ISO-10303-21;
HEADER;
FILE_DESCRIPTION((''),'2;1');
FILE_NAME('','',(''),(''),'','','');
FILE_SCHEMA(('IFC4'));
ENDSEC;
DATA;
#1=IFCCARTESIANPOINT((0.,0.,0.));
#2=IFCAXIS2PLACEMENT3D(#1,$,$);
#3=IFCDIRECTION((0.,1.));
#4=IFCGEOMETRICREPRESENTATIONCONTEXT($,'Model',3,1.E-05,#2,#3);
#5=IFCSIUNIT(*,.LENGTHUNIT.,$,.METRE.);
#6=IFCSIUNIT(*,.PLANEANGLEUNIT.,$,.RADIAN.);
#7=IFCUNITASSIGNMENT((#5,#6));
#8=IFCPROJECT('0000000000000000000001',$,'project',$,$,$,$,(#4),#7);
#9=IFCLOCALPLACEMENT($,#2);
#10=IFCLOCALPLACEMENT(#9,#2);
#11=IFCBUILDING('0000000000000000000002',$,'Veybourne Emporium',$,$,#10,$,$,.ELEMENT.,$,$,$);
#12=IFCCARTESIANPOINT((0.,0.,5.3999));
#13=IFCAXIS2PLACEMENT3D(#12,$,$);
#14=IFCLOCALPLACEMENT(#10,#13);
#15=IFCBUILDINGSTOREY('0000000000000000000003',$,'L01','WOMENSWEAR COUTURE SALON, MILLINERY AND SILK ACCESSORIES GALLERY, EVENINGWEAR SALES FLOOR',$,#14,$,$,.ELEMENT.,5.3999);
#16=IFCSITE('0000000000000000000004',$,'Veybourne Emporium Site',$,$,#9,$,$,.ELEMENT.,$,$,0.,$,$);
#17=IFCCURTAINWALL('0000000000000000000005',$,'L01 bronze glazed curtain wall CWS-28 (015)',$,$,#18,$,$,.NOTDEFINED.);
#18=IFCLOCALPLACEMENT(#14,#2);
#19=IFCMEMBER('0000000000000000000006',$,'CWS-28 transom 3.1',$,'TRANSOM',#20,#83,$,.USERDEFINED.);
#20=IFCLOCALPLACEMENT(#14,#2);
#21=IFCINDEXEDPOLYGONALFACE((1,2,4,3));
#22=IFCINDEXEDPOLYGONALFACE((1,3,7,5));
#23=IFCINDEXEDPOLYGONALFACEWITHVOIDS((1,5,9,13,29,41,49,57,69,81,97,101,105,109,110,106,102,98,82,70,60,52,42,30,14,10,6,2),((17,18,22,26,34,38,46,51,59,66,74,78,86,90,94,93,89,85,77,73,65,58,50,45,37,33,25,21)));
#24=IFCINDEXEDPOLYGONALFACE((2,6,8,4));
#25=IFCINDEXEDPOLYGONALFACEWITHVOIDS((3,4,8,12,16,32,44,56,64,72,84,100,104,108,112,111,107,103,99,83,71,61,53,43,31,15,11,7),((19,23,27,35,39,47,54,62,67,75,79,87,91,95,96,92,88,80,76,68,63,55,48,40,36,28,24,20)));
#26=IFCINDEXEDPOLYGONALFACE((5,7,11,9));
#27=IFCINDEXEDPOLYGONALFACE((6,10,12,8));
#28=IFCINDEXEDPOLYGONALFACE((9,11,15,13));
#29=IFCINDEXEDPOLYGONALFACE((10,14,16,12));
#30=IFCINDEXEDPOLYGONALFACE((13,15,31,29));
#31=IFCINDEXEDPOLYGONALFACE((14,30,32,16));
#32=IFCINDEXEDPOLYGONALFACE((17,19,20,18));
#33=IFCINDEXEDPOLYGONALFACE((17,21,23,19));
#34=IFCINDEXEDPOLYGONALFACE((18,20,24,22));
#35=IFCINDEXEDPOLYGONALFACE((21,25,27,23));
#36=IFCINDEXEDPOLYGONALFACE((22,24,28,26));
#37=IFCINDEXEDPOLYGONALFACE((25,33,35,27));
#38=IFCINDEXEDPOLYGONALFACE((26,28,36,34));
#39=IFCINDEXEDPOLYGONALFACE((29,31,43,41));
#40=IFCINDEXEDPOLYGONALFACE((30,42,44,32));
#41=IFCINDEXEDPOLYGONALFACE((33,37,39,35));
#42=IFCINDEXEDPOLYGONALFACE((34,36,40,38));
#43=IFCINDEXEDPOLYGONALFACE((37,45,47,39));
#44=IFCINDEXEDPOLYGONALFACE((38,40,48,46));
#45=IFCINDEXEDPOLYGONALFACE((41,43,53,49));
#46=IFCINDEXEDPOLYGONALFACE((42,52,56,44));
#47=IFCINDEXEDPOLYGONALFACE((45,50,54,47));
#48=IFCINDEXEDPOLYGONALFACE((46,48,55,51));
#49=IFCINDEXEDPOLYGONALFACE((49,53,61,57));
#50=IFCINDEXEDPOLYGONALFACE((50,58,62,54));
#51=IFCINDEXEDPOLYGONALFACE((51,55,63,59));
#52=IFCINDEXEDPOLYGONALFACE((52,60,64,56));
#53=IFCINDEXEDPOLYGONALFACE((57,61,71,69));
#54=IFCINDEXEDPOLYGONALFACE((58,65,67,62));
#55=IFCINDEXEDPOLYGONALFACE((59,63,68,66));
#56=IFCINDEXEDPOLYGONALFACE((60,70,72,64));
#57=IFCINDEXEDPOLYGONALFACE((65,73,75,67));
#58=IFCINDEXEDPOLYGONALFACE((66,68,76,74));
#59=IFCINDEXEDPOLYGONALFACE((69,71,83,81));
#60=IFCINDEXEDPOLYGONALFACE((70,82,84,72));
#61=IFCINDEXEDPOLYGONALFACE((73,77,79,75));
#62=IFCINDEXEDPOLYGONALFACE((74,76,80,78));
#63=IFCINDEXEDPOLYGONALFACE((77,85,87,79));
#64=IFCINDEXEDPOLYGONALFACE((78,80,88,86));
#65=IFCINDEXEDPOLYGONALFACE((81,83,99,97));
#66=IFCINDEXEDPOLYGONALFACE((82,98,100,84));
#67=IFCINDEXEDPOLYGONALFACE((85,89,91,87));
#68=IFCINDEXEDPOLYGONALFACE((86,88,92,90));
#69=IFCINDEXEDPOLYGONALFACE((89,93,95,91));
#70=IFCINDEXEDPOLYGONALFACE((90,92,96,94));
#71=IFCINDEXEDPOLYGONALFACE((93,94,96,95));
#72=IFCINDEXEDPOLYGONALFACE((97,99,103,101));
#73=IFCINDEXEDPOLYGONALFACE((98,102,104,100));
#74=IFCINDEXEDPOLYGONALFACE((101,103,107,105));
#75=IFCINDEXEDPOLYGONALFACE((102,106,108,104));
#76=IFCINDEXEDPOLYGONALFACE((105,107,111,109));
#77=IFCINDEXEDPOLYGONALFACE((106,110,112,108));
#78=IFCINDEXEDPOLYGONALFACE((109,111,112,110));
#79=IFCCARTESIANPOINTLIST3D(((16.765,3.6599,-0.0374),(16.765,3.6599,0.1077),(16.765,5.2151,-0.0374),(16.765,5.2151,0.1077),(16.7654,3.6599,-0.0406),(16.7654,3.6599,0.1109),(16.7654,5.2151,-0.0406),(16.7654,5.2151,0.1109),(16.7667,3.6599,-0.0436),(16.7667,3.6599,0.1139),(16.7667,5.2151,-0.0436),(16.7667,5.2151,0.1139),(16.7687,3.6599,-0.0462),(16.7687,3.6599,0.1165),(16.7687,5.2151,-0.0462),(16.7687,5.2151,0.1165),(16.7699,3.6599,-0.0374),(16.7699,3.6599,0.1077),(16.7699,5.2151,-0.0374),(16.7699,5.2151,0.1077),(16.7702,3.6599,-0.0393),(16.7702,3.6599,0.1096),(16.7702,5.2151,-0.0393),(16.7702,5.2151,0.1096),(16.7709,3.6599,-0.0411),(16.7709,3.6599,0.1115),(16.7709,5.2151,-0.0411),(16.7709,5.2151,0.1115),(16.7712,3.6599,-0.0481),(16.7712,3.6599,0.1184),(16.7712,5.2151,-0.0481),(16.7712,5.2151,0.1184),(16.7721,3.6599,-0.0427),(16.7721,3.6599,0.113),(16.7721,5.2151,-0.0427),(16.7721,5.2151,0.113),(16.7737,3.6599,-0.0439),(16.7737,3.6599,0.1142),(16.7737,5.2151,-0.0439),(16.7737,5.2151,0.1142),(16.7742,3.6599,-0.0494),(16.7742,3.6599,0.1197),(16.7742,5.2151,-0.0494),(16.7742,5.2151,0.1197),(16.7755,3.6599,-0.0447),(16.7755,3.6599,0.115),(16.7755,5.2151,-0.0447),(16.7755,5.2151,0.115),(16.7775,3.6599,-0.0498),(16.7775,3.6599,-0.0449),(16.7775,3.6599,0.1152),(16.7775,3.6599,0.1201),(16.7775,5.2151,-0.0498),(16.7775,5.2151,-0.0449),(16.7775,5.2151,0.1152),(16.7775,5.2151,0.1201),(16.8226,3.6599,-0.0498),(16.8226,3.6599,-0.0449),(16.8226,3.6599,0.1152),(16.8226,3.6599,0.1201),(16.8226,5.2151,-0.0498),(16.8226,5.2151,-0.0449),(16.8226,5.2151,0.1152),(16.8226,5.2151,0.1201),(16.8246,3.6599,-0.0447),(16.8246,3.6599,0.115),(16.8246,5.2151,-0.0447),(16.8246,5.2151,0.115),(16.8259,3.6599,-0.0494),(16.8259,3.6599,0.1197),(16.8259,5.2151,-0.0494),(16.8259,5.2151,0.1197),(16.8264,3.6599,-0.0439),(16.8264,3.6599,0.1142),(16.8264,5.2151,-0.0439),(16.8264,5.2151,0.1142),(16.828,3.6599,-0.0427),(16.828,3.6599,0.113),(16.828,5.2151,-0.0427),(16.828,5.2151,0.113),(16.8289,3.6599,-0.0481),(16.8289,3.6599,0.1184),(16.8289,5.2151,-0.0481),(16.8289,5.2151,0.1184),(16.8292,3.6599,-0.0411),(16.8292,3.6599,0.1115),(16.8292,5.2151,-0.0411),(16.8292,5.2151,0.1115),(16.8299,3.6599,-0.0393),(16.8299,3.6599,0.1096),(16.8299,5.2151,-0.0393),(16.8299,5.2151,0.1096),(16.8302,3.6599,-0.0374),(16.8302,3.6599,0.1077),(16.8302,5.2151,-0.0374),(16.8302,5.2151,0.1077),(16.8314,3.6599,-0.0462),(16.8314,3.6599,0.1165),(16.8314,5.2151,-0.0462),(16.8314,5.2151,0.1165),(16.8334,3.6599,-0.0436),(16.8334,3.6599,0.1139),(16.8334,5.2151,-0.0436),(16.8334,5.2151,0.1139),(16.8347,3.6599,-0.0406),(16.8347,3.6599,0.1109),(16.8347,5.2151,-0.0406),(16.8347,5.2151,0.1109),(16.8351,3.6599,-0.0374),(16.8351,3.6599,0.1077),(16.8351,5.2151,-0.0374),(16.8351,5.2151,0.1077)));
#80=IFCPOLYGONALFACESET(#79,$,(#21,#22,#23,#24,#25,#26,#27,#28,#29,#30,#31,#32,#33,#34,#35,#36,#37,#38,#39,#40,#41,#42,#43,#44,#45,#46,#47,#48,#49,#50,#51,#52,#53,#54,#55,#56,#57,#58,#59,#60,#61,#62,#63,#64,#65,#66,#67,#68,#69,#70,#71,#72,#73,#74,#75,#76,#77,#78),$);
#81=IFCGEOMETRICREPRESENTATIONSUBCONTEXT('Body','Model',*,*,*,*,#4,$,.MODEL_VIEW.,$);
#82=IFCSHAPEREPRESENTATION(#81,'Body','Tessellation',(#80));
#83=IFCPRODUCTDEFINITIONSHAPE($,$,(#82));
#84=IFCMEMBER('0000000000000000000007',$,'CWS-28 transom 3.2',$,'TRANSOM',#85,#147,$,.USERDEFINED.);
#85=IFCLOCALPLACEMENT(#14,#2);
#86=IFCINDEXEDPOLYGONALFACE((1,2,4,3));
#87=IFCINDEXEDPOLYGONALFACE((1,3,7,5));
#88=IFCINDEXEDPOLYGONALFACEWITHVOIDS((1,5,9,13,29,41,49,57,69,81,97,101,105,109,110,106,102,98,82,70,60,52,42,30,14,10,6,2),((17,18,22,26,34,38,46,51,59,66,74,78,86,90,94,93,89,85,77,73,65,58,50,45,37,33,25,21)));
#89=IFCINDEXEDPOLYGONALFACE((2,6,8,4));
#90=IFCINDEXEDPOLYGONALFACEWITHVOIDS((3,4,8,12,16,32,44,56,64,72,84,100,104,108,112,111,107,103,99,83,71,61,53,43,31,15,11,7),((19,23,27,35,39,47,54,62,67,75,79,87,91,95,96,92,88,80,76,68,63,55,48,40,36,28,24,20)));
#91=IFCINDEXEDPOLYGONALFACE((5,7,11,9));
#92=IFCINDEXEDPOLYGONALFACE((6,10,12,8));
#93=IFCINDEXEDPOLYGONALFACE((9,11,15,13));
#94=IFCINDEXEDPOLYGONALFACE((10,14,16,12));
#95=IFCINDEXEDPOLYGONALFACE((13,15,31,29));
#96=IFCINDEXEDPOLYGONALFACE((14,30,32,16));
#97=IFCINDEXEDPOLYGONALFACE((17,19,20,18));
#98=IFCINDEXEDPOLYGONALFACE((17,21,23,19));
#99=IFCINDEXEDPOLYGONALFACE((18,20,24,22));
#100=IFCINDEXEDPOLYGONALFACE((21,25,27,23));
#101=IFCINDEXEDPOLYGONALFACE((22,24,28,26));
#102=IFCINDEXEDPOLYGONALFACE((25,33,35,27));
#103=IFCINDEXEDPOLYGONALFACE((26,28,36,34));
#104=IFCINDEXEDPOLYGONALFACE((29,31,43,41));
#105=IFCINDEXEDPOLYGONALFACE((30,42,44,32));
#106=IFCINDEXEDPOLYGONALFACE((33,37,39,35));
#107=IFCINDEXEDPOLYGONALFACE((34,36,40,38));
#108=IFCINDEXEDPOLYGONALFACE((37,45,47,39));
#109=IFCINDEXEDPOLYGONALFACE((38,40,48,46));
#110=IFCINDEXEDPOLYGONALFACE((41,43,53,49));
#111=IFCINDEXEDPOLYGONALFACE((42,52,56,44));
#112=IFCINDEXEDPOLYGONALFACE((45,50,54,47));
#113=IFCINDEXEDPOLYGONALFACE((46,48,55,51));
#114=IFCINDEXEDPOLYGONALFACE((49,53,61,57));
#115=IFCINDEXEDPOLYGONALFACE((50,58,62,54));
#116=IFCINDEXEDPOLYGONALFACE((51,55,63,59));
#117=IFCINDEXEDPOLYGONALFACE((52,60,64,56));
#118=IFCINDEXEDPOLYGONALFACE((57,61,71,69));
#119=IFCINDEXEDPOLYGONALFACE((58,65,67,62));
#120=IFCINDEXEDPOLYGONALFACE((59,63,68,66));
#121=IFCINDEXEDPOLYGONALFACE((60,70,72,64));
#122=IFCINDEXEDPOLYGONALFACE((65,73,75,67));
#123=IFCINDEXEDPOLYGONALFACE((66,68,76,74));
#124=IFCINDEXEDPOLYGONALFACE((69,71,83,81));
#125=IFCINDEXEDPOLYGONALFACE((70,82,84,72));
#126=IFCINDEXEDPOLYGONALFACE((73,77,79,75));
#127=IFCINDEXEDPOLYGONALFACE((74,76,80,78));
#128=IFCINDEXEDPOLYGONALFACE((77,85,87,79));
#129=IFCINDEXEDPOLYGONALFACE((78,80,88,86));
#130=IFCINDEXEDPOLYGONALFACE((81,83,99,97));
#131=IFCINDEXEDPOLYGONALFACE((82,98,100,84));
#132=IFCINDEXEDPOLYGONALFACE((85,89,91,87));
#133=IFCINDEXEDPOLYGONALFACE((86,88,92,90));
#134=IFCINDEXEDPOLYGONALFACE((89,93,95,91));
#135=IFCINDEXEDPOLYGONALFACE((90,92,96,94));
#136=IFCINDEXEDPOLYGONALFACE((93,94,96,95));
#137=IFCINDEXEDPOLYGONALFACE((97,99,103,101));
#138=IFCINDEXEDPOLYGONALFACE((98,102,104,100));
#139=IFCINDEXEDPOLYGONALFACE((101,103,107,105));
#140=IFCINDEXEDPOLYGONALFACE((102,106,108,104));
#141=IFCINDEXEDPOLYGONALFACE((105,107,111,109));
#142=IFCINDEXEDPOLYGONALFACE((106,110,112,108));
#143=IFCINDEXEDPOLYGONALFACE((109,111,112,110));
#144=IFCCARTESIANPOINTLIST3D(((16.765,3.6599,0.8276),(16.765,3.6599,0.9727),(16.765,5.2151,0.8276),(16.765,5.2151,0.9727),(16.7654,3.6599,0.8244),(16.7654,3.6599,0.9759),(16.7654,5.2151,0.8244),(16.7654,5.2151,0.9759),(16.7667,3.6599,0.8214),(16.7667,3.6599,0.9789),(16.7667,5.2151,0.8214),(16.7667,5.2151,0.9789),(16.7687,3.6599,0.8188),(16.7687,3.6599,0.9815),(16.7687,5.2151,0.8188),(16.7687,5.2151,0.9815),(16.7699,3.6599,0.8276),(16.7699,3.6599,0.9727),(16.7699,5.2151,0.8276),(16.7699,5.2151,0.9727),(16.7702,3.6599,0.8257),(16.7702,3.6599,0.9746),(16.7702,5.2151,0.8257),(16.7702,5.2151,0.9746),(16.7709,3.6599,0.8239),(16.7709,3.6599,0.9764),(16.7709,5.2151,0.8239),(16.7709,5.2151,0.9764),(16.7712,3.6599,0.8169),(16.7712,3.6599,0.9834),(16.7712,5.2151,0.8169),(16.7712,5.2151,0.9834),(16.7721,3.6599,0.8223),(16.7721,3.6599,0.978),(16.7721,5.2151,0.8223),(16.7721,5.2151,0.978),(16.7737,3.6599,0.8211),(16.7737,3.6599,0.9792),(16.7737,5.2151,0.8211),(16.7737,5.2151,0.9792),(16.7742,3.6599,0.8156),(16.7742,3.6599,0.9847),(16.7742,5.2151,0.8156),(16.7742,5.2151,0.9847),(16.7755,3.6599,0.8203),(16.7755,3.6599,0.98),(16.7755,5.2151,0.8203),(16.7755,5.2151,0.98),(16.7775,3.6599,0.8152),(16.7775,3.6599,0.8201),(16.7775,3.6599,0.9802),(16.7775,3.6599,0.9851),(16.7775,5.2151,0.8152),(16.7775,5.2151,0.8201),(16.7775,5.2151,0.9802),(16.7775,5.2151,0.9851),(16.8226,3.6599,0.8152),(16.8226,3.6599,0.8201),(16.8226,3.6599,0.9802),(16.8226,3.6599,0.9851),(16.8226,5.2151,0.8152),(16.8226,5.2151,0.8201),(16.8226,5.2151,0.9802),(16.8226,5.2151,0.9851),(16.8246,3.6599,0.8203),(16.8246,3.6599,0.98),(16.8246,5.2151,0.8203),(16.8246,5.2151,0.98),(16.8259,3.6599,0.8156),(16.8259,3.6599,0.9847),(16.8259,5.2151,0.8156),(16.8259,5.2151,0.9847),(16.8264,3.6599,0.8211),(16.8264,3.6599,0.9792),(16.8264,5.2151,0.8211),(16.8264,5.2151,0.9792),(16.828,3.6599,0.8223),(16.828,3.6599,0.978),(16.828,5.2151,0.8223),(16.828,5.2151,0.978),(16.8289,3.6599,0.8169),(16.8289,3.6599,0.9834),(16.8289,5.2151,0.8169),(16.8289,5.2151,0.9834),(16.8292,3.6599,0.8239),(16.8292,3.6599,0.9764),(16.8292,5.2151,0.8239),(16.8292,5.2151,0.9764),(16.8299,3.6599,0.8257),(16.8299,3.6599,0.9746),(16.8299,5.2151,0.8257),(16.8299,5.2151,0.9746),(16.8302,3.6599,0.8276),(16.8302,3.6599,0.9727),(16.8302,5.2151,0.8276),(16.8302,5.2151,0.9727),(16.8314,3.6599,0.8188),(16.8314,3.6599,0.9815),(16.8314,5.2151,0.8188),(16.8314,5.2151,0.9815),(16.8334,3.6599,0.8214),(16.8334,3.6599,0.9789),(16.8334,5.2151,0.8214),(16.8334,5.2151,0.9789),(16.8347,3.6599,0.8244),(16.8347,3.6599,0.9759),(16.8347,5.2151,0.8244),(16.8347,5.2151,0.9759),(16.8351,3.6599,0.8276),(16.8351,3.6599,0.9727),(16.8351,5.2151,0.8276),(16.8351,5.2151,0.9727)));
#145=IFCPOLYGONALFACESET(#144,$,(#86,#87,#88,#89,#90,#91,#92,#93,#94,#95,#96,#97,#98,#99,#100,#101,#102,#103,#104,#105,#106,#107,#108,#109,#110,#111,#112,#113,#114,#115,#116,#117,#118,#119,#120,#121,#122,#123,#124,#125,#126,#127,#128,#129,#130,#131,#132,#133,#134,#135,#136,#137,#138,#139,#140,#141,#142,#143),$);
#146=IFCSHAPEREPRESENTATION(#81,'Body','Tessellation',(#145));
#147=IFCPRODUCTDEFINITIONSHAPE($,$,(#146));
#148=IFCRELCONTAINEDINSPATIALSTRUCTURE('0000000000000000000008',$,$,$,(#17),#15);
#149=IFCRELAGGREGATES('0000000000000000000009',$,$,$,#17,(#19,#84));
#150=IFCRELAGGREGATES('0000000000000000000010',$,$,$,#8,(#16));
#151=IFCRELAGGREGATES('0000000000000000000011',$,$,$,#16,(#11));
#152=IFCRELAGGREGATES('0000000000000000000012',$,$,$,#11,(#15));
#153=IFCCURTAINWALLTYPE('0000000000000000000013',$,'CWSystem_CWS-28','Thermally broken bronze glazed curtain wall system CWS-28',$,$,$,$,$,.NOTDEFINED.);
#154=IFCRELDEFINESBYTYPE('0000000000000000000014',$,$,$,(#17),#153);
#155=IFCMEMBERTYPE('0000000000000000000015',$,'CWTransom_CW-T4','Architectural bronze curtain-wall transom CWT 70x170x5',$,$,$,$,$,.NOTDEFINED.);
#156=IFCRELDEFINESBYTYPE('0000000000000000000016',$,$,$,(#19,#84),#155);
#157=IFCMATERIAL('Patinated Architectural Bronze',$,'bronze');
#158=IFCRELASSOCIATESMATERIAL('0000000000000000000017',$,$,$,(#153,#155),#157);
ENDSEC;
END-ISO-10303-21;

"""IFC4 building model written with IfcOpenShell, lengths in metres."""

from ifc_helpers import new_model, si_unit, direction, frame, origin, origin_2d, place, context, subcontext, project, spatial, hollow_rectangle, extrude, material, material_profile, profile_set, type_object, element, aggregate, save


model = new_model("IFC4")

# Units and contexts
model_context = context("Model", 3, precision=1e-05, world=origin(), true_north=direction((0.0, 1.0)))
body_context = subcontext(model_context, "Body", "Model", "MODEL_VIEW")
ifc_project = project(units=[si_unit("LENGTHUNIT", "METRE"), si_unit("PLANEANGLEUNIT", "RADIAN")], contexts=[model_context])

# Site, building, storey
site_placement = place(None, origin())
site = spatial("IfcSite", under=ifc_project, at=site_placement, Name="Veybourne Emporium Site", CompositionType="ELEMENT", RefElevation=0.0)
building_placement = place(site_placement, origin())
building = spatial("IfcBuilding", under=site, at=building_placement, Name="Veybourne Emporium", CompositionType="ELEMENT")
storey_placement = place(building_placement, frame((0.0, 0.0, 5.3999)))
storey = spatial("IfcBuildingStorey", under=building, at=storey_placement, Name="L01", Description="WOMENSWEAR COUTURE SALON, MILLINERY AND SILK ACCESSORIES GALLERY, EVENINGWEAR SALES FLOOR", CompositionType="ELEMENT", Elevation=5.3999)

# Curtain wall, members
ifc_material_1 = material(Name="Patinated Architectural Bronze", Category="bronze")
curtain_wall_type = type_object("IfcCurtainWallType", Name="CWSystem_CWS-28", Description="Thermally broken bronze glazed curtain wall system CWS-28", PredefinedType="NOTDEFINED", material=ifc_material_1)
curtain_wall_placement = place(storey_placement, origin())
curtain_wall = element("IfcCurtainWall", 1, at=curtain_wall_placement, inside=storey, type_object=curtain_wall_type, Name="L01 bronze glazed curtain wall CWS-28 (015)", PredefinedType="NOTDEFINED")
ifc_material_profile_1 = material_profile(ifc_material_1, hollow_rectangle(XDim=0.0701, YDim=0.1699, WallThickness=0.0049, InnerFilletRadius=0.0076, OuterFilletRadius=0.0125, at=origin_2d()), Name="CWT 70x170x5")
ifc_profile_set_1 = profile_set([ifc_material_profile_1], Name="Patinated Architectural Bronze")
member_type_1 = type_object("IfcMemberType", Name="CWTransom_CW-T4", Description="Architectural bronze curtain-wall transom CWT 70x170x5", PredefinedType="NOTDEFINED", material=ifc_profile_set_1)
member_1_placement = place(storey_placement, frame((16.8, 3.6599, 0.0352), z_axis=(0.0, 1.0, 0.0), x_axis=(-1.0, 0.0, 0.0)))
member_1 = element("IfcMember", 2, at=member_1_placement, type_object=member_type_1, Name="CWS-28 transom 3.1", ObjectType="TRANSOM", PredefinedType="USERDEFINED", context=body_context, shape_type="SweptSolid", body=[
    extrude(hollow_rectangle(XDim=0.0701, YDim=0.1699, WallThickness=0.0049, InnerFilletRadius=0.0076, OuterFilletRadius=0.0125, at=origin_2d()), origin(), (0.0, 0.0, 1.0), 1.5552),
])
member_2_placement = place(storey_placement, frame((16.8, 3.6599, 0.9001), z_axis=(0.0, 1.0, 0.0), x_axis=(-1.0, 0.0, 0.0)))
member_2 = element("IfcMember", 3, at=member_2_placement, type_object=member_type_1, Name="CWS-28 transom 3.2", ObjectType="TRANSOM", PredefinedType="USERDEFINED", context=body_context, shape_type="SweptSolid", body=[
    extrude(hollow_rectangle(XDim=0.0701, YDim=0.1699, WallThickness=0.0049, InnerFilletRadius=0.0076, OuterFilletRadius=0.0125, at=origin_2d()), origin(), (0.0, 0.0, 1.0), 1.5552),
])

aggregate(curtain_wall, [member_1, member_2])

save(model, "model.ifc")
